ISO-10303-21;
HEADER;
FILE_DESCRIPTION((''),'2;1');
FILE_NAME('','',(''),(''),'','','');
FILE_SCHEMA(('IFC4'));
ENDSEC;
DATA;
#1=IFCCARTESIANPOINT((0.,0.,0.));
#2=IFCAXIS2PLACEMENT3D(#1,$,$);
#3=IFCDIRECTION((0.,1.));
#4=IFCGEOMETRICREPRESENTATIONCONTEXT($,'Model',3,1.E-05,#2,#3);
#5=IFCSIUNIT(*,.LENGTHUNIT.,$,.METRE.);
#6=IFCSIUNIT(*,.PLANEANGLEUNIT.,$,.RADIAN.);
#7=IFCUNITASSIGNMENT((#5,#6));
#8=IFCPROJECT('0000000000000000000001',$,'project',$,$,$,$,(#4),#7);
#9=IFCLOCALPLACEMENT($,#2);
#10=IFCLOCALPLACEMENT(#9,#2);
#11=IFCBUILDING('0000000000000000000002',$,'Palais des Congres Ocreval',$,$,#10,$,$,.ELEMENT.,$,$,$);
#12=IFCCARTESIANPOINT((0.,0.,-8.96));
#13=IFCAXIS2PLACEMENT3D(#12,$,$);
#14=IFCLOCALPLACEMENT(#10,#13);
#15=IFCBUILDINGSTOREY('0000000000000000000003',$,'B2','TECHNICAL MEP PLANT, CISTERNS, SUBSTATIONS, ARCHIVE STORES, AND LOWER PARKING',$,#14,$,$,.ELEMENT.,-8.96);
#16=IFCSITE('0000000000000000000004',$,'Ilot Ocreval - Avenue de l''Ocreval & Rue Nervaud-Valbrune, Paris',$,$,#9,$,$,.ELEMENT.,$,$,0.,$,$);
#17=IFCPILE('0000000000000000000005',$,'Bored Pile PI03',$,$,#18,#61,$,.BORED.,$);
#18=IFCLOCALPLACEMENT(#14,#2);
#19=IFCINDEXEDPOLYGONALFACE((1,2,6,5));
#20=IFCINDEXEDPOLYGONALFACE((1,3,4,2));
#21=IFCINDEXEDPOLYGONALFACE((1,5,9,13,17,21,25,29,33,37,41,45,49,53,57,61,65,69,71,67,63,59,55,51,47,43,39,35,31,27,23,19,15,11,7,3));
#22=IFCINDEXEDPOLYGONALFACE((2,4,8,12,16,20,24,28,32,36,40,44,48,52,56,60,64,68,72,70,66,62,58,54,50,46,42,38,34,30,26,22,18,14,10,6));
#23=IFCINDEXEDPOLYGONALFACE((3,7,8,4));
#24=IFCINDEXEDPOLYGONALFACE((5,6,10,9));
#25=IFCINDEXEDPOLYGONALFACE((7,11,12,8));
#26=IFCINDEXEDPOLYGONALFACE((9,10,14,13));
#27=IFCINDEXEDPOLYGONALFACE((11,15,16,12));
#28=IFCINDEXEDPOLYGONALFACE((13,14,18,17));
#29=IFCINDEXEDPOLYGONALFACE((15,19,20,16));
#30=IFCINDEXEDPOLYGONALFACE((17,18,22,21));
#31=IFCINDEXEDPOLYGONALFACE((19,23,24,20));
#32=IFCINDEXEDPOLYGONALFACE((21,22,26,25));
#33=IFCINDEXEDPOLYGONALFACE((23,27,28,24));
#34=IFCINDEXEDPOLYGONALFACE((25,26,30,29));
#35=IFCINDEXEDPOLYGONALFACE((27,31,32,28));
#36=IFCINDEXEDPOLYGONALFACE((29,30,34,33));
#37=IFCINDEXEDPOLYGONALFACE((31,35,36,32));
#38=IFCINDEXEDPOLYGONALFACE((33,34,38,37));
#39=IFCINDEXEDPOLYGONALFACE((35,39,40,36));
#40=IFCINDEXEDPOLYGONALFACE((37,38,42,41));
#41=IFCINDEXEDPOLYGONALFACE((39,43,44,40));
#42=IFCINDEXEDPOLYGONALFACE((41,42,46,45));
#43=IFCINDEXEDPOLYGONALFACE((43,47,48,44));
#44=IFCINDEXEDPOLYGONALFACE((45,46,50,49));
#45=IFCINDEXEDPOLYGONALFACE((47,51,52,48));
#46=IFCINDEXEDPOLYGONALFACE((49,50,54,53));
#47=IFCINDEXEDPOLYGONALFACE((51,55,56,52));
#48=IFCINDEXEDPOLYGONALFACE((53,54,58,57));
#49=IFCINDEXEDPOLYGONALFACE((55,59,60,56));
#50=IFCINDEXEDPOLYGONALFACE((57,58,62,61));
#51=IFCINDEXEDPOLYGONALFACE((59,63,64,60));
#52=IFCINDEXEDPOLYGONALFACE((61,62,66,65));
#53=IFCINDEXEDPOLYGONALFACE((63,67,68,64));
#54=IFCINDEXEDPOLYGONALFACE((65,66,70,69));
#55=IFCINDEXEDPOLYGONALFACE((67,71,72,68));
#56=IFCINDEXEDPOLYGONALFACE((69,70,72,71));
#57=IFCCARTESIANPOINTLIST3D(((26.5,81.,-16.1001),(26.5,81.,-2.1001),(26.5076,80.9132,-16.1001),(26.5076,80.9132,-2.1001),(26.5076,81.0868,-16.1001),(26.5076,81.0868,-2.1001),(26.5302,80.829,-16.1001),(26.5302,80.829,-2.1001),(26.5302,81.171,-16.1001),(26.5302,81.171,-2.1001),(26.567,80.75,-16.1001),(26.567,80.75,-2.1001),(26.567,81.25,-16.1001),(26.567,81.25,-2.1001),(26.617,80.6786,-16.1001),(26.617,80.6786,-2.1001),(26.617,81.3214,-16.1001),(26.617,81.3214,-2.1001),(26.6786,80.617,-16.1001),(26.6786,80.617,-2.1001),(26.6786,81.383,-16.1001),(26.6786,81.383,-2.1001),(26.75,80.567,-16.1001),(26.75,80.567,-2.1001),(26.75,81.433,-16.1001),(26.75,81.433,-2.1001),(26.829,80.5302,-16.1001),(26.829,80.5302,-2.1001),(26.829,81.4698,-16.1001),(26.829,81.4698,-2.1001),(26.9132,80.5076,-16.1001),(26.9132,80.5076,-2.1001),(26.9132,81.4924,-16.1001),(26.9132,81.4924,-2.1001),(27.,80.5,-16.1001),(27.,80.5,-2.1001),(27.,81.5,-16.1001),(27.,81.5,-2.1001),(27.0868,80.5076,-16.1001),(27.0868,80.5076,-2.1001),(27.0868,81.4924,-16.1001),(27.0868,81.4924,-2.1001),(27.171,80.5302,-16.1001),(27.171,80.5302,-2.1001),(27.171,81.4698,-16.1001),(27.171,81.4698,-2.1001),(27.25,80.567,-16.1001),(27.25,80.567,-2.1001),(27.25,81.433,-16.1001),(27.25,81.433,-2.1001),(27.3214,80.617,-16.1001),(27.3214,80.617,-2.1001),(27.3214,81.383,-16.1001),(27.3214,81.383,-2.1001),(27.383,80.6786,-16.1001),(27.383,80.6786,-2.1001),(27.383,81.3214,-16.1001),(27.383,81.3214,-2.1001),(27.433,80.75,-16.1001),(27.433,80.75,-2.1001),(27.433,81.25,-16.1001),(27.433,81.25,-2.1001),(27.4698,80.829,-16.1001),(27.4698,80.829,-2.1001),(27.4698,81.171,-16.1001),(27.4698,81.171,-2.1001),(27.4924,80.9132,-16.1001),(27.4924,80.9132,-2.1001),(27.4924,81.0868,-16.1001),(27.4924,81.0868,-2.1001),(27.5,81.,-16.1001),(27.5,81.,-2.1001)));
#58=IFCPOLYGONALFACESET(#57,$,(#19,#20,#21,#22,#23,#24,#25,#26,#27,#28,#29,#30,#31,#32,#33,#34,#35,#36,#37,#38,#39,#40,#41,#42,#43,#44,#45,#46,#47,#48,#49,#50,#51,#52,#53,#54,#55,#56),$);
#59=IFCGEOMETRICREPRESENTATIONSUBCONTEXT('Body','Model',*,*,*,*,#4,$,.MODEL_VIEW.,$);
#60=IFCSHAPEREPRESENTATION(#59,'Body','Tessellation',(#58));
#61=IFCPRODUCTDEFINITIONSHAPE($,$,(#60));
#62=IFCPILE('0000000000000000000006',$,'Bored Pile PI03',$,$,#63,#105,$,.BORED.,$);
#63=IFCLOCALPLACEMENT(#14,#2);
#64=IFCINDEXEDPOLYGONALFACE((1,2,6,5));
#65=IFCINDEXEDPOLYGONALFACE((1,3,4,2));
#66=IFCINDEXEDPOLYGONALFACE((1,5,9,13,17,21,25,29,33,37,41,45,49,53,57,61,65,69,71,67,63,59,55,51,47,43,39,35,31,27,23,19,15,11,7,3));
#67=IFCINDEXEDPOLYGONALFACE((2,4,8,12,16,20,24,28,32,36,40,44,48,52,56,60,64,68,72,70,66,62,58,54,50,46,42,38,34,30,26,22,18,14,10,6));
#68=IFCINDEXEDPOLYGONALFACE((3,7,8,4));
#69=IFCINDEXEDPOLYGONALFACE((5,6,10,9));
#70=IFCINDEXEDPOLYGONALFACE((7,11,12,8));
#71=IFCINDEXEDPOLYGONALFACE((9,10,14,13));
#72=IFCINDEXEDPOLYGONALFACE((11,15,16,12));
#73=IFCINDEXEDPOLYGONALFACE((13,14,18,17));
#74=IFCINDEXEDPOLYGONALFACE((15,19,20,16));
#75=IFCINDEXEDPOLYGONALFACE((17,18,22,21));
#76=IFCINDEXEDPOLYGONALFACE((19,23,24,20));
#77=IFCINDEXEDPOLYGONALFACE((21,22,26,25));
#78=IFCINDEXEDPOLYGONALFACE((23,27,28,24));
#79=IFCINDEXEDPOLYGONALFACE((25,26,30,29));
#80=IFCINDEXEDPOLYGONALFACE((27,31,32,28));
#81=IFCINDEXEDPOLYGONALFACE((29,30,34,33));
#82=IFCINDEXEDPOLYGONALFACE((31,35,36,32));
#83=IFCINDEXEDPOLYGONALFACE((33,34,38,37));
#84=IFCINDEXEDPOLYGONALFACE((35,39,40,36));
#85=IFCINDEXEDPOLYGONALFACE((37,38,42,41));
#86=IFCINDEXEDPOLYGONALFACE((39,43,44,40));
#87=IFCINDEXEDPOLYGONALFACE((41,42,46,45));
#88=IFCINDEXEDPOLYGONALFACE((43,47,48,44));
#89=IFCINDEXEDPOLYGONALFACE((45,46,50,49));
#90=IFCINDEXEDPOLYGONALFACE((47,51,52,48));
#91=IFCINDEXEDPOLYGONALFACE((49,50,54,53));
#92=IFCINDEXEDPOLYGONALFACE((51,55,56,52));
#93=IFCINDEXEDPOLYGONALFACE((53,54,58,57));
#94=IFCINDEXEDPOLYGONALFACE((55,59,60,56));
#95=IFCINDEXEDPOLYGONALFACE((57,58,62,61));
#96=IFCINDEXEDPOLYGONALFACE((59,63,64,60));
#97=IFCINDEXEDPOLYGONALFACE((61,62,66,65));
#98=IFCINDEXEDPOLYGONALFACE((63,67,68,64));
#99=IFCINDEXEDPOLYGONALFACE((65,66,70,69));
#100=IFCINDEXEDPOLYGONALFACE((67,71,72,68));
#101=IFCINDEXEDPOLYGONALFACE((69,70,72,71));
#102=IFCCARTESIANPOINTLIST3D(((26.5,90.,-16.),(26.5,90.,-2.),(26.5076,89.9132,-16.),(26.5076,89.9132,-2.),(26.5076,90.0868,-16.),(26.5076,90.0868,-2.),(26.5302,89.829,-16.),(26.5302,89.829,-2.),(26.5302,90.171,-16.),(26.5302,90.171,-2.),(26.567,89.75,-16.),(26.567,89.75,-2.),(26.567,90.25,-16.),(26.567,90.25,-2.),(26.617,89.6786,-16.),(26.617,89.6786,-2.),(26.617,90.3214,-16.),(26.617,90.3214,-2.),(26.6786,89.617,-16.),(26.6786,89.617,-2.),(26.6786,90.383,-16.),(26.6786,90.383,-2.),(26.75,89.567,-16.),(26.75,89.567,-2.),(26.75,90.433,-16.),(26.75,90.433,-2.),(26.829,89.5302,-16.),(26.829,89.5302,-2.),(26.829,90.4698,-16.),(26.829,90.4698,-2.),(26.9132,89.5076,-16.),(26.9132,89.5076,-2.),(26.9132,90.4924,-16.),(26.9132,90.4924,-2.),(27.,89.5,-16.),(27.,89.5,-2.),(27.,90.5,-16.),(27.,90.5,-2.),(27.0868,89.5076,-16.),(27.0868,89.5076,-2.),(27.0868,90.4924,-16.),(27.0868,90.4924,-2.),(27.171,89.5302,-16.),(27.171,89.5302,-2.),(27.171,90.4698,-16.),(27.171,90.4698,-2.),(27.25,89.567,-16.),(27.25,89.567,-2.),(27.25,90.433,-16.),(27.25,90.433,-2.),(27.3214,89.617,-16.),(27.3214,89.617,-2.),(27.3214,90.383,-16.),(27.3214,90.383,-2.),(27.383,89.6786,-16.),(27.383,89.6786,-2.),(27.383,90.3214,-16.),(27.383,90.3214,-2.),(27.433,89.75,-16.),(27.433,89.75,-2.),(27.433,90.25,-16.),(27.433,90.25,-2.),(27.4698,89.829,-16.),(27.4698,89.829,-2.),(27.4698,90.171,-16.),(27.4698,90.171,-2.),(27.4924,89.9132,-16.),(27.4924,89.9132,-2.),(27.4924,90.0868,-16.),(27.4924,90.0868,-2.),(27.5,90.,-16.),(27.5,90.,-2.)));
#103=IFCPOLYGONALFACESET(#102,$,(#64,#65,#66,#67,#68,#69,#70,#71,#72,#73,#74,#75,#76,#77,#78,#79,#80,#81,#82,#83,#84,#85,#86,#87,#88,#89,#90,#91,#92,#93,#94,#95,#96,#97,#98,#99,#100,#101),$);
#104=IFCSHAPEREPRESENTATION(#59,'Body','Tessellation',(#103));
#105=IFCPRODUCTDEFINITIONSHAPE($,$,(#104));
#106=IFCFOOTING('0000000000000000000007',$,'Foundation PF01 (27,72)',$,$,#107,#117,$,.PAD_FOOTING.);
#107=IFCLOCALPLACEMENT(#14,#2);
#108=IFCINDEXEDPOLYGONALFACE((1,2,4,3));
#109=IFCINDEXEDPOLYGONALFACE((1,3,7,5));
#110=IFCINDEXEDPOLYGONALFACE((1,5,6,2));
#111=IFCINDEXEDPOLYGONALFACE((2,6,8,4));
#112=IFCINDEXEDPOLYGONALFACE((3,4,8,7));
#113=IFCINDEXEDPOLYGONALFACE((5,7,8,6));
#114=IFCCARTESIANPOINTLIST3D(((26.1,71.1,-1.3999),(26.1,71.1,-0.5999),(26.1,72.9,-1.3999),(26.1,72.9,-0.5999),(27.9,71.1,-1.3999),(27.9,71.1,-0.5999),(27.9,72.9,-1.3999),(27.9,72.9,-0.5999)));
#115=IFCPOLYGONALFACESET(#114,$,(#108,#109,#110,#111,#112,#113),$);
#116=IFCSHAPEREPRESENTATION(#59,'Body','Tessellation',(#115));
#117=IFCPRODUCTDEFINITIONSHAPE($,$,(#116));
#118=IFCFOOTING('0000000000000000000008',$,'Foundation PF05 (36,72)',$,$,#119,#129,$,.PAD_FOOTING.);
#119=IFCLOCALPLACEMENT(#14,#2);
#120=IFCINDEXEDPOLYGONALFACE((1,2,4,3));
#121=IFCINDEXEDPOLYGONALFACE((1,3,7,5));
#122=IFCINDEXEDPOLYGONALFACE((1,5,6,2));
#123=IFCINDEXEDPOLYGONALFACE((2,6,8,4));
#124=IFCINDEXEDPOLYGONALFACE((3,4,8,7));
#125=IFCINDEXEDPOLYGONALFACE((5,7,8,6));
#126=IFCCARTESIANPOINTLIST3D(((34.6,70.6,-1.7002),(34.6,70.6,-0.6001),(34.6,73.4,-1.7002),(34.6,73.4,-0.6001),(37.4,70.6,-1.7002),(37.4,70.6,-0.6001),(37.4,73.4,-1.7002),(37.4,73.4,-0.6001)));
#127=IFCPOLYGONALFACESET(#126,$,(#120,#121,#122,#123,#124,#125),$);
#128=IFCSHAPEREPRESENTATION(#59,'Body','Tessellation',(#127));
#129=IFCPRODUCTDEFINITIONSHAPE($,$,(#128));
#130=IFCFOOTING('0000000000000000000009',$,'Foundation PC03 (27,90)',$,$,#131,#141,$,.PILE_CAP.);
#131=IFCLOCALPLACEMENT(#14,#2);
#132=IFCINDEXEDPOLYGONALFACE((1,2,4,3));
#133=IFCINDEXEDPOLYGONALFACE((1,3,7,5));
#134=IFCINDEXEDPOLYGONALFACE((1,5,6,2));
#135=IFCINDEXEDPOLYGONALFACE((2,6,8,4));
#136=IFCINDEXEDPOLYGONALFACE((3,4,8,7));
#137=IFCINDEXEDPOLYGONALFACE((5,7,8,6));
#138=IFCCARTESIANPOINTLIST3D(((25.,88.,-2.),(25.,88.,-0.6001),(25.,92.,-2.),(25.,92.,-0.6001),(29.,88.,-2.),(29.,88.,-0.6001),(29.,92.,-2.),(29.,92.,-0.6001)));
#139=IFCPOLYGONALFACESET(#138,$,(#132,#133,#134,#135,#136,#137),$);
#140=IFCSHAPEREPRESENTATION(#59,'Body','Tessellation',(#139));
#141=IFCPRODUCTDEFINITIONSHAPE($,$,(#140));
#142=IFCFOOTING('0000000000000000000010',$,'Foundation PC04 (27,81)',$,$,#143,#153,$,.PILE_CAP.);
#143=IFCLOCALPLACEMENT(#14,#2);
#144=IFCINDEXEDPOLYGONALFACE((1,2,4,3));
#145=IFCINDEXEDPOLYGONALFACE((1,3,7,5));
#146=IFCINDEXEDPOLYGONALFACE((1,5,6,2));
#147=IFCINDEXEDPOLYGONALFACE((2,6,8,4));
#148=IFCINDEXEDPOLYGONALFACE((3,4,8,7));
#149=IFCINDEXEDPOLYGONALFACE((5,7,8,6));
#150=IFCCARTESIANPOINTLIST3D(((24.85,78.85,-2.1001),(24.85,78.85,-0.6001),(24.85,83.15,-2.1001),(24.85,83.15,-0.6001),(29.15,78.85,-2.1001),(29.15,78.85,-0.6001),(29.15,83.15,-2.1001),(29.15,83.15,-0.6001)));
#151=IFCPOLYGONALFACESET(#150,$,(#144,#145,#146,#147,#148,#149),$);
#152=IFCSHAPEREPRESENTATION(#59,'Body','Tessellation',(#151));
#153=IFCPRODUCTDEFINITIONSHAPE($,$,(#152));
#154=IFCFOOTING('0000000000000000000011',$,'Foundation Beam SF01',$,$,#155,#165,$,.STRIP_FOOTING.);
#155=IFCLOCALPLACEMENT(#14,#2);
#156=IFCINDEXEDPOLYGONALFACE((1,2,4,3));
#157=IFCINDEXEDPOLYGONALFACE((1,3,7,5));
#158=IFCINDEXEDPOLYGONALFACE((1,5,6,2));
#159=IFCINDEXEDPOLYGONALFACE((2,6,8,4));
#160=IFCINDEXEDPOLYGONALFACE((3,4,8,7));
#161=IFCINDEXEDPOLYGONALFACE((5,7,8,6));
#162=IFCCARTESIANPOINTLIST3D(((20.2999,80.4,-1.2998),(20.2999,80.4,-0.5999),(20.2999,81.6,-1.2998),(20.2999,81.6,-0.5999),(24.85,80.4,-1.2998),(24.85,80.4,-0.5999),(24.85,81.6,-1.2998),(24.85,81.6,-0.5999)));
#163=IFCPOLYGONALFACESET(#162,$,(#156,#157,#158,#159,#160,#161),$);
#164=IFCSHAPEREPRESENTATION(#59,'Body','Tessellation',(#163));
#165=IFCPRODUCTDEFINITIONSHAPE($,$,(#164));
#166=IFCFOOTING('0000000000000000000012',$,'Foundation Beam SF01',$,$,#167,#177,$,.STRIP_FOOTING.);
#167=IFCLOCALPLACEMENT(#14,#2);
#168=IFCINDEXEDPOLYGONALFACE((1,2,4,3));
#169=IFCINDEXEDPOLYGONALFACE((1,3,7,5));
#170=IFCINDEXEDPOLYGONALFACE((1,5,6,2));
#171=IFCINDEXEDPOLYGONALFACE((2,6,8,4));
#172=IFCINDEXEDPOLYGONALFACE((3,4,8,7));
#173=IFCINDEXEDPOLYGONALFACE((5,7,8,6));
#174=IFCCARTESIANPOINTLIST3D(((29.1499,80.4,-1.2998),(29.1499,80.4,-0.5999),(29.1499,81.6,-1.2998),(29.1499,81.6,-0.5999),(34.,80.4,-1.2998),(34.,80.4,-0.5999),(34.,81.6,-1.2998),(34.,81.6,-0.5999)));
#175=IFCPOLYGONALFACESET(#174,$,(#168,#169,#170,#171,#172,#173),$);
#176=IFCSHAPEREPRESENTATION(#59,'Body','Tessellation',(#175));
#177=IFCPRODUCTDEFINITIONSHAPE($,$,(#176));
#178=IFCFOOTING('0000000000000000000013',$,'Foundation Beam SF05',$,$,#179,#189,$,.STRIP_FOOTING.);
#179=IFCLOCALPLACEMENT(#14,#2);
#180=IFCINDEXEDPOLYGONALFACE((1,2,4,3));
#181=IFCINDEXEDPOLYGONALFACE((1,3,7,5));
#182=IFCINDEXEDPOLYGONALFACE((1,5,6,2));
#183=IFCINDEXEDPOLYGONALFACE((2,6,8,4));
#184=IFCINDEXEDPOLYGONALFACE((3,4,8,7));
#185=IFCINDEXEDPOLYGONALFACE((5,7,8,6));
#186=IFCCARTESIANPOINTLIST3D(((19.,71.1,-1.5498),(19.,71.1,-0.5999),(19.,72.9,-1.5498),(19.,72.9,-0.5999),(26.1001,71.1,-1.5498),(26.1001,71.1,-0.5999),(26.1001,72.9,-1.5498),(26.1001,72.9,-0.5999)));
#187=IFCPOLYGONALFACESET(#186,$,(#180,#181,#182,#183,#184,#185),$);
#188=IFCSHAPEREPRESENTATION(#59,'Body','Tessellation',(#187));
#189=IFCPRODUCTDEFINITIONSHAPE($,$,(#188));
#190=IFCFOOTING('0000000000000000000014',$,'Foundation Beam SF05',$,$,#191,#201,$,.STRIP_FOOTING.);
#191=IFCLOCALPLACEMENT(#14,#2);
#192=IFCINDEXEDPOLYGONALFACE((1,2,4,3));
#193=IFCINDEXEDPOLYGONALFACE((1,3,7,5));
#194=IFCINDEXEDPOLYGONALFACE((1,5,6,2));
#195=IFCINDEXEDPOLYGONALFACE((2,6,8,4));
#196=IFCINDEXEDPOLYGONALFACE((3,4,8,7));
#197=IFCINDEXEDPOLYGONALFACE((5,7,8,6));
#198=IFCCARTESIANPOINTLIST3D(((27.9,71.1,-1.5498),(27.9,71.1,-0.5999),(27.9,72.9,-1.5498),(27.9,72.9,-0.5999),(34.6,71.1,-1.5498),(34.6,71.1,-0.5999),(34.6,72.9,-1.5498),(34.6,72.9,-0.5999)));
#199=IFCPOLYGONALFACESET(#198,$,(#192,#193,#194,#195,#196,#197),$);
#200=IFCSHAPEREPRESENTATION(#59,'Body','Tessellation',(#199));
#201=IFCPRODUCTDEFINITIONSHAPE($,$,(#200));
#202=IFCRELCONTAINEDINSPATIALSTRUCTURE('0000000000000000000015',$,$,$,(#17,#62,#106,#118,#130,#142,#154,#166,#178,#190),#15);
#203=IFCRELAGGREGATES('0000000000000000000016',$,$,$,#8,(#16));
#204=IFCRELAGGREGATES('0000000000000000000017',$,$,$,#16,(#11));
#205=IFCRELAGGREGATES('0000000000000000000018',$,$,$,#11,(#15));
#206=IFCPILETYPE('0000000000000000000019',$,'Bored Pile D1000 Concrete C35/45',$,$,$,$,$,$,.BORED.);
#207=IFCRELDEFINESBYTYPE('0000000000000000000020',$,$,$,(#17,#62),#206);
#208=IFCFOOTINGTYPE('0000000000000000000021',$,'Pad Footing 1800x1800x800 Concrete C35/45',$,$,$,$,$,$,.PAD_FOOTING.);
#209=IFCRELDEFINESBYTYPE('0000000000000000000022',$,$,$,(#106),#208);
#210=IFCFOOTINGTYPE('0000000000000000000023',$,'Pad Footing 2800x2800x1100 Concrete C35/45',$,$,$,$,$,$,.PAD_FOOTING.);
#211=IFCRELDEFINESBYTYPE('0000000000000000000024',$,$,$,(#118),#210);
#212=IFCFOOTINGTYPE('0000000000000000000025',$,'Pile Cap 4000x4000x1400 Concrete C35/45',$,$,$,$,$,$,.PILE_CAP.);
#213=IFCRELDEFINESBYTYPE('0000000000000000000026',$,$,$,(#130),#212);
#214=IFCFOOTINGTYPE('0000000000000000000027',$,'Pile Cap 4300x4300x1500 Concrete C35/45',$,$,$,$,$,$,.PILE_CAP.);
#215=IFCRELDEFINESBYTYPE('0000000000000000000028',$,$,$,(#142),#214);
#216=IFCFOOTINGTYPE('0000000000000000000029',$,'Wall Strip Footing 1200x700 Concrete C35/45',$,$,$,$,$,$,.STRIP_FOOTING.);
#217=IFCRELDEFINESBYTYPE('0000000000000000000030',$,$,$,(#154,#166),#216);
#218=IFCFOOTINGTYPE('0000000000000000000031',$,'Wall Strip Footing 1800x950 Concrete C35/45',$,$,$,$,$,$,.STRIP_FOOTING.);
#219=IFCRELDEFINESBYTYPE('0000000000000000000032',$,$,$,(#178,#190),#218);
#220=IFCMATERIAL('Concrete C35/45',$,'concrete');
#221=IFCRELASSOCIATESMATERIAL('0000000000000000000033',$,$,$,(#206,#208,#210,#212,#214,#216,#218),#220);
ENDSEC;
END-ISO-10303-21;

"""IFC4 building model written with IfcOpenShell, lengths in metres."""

from ifc_helpers import new_model, si_unit, direction, frame, origin, origin_2d, place, context, subcontext, project, spatial, rectangle, circle, extrude, material, material_profile, profile_set, type_object, element, save


model = new_model("IFC4")

# Units and contexts
model_context = context("Model", 3, precision=1e-05, world=origin(), true_north=direction((0.0, 1.0)))
body_context = subcontext(model_context, "Body", "Model", "MODEL_VIEW")
ifc_project = project(units=[si_unit("LENGTHUNIT", "METRE"), si_unit("PLANEANGLEUNIT", "RADIAN")], contexts=[model_context])

# Site, building, storey
site_placement = place(None, origin())
site = spatial("IfcSite", under=ifc_project, at=site_placement, Name="Ilot Ocreval - Avenue de l'Ocreval & Rue Nervaud-Valbrune, Paris", CompositionType="ELEMENT", RefElevation=0.0)
building_placement = place(site_placement, origin())
building = spatial("IfcBuilding", under=site, at=building_placement, Name="Palais des Congres Ocreval", CompositionType="ELEMENT")
storey_placement = place(building_placement, frame((0.0, 0.0, -8.96)))
storey = spatial("IfcBuildingStorey", under=building, at=storey_placement, Name="B2", Description="TECHNICAL MEP PLANT, CISTERNS, SUBSTATIONS, ARCHIVE STORES, AND LOWER PARKING", CompositionType="ELEMENT", Elevation=-8.96)

# Piles
ifc_material_1 = material(Name="Concrete C35/45", Category="concrete")
ifc_material_profile_1 = material_profile(ifc_material_1, circle(Radius=0.5, at=origin_2d()), Name="BORED PILE 1000")
ifc_profile_set_1 = profile_set([ifc_material_profile_1], Name="Concrete C35/45")
pile_type = type_object("IfcPileType", Name="Bored Pile D1000 Concrete C35/45", PredefinedType="BORED", material=ifc_profile_set_1)
for number, where, z_axis, x_axis, name in (
    (1, (27.0, 81.0, -2.1001), (0.0, 0.0, -1.0), (1.0, 0.0, 0.0), "Bored Pile PI03"),
    (2, (27.0, 90.0, -2.0), (0.0, 0.0, -1.0), (1.0, 0.0, 0.0), "Bored Pile PI03"),
):
    element("IfcPile", number, at=place(storey_placement, frame(where, z_axis=z_axis, x_axis=x_axis)), inside=storey, type_object=pile_type, Name=name, PredefinedType="BORED", context=body_context, shape_type="SweptSolid", body=[
        extrude(circle(Radius=0.5, at=origin_2d()), origin(), (0.0, 0.0, 1.0), 14.0),
    ])

# Footings
footing_type_1 = type_object("IfcFootingType", Name="Pad Footing 1800x1800x800 Concrete C35/45", PredefinedType="PAD_FOOTING", material=ifc_material_1)
footing_1_placement = place(storey_placement, frame((27.0, 72.0, -1.3999), z_axis=(0.0, 0.0, 1.0), x_axis=(1.0, 0.0, 0.0)))
element("IfcFooting", 3, at=footing_1_placement, inside=storey, type_object=footing_type_1, Name="Foundation PF01 (27,72)", PredefinedType="PAD_FOOTING", context=body_context, shape_type="SweptSolid", body=[
    extrude(rectangle(XDim=1.8, YDim=1.8, at=origin_2d()), origin(), (0.0, 0.0, 1.0), 0.8),
])
footing_type_2 = type_object("IfcFootingType", Name="Pad Footing 2800x2800x1100 Concrete C35/45", PredefinedType="PAD_FOOTING", material=ifc_material_1)
footing_2_placement = place(storey_placement, frame((36.0, 72.0, -1.7002), z_axis=(0.0, 0.0, 1.0), x_axis=(1.0, 0.0, 0.0)))
element("IfcFooting", 4, at=footing_2_placement, inside=storey, type_object=footing_type_2, Name="Foundation PF05 (36,72)", PredefinedType="PAD_FOOTING", context=body_context, shape_type="SweptSolid", body=[
    extrude(rectangle(XDim=2.8, YDim=2.8, at=origin_2d()), origin(), (0.0, 0.0, 1.0), 1.1001),
])
footing_type_3 = type_object("IfcFootingType", Name="Pile Cap 4000x4000x1400 Concrete C35/45", PredefinedType="PILE_CAP", material=ifc_material_1)
footing_3_placement = place(storey_placement, frame((27.0, 90.0, -2.0), z_axis=(0.0, 0.0, 1.0), x_axis=(1.0, 0.0, 0.0)))
element("IfcFooting", 5, at=footing_3_placement, inside=storey, type_object=footing_type_3, Name="Foundation PC03 (27,90)", PredefinedType="PILE_CAP", context=body_context, shape_type="SweptSolid", body=[
    extrude(rectangle(XDim=4.0, YDim=4.0, at=origin_2d()), origin(), (0.0, 0.0, 1.0), 1.3999),
])
footing_type_4 = type_object("IfcFootingType", Name="Pile Cap 4300x4300x1500 Concrete C35/45", PredefinedType="PILE_CAP", material=ifc_material_1)
footing_4_placement = place(storey_placement, frame((27.0, 81.0, -2.1001), z_axis=(0.0, 0.0, 1.0), x_axis=(1.0, 0.0, 0.0)))
element("IfcFooting", 6, at=footing_4_placement, inside=storey, type_object=footing_type_4, Name="Foundation PC04 (27,81)", PredefinedType="PILE_CAP", context=body_context, shape_type="SweptSolid", body=[
    extrude(rectangle(XDim=4.3, YDim=4.3, at=origin_2d()), origin(), (0.0, 0.0, 1.0), 1.5),
])
footing_type_5 = type_object("IfcFootingType", Name="Wall Strip Footing 1200x700 Concrete C35/45", PredefinedType="STRIP_FOOTING", material=ifc_material_1)
footing_5_placement = place(storey_placement, frame((22.575, 81.0, -1.2998), z_axis=(0.0, 0.0, 1.0), x_axis=(1.0, 0.0, 0.0)))
element("IfcFooting", 7, at=footing_5_placement, inside=storey, type_object=footing_type_5, Name="Foundation Beam SF01", PredefinedType="STRIP_FOOTING", context=body_context, shape_type="SweptSolid", body=[
    extrude(rectangle(XDim=4.55, YDim=1.2, at=origin_2d()), origin(), (0.0, 0.0, 1.0), 0.7),
])
footing_6_placement = place(storey_placement, frame((31.575, 81.0, -1.2998), z_axis=(0.0, 0.0, 1.0), x_axis=(1.0, 0.0, 0.0)))
element("IfcFooting", 8, at=footing_6_placement, inside=storey, type_object=footing_type_5, Name="Foundation Beam SF01", PredefinedType="STRIP_FOOTING", context=body_context, shape_type="SweptSolid", body=[
    extrude(rectangle(XDim=4.8501, YDim=1.2, at=origin_2d()), origin(), (0.0, 0.0, 1.0), 0.7),
])
footing_type_6 = type_object("IfcFootingType", Name="Wall Strip Footing 1800x950 Concrete C35/45", PredefinedType="STRIP_FOOTING", material=ifc_material_1)
footing_7_placement = place(storey_placement, frame((22.55, 72.0, -1.5498), z_axis=(0.0, 0.0, 1.0), x_axis=(1.0, 0.0, 0.0)))
element("IfcFooting", 9, at=footing_7_placement, inside=storey, type_object=footing_type_6, Name="Foundation Beam SF05", PredefinedType="STRIP_FOOTING", context=body_context, shape_type="SweptSolid", body=[
    extrude(rectangle(XDim=7.1001, YDim=1.8, at=origin_2d()), origin(), (0.0, 0.0, 1.0), 0.95),
])
footing_8_placement = place(storey_placement, frame((31.25, 72.0, -1.5498), z_axis=(0.0, 0.0, 1.0), x_axis=(1.0, 0.0, 0.0)))
element("IfcFooting", 10, at=footing_8_placement, inside=storey, type_object=footing_type_6, Name="Foundation Beam SF05", PredefinedType="STRIP_FOOTING", context=body_context, shape_type="SweptSolid", body=[
    extrude(rectangle(XDim=6.7, YDim=1.8, at=origin_2d()), origin(), (0.0, 0.0, 1.0), 0.95),
])

save(model, "model.ifc")
